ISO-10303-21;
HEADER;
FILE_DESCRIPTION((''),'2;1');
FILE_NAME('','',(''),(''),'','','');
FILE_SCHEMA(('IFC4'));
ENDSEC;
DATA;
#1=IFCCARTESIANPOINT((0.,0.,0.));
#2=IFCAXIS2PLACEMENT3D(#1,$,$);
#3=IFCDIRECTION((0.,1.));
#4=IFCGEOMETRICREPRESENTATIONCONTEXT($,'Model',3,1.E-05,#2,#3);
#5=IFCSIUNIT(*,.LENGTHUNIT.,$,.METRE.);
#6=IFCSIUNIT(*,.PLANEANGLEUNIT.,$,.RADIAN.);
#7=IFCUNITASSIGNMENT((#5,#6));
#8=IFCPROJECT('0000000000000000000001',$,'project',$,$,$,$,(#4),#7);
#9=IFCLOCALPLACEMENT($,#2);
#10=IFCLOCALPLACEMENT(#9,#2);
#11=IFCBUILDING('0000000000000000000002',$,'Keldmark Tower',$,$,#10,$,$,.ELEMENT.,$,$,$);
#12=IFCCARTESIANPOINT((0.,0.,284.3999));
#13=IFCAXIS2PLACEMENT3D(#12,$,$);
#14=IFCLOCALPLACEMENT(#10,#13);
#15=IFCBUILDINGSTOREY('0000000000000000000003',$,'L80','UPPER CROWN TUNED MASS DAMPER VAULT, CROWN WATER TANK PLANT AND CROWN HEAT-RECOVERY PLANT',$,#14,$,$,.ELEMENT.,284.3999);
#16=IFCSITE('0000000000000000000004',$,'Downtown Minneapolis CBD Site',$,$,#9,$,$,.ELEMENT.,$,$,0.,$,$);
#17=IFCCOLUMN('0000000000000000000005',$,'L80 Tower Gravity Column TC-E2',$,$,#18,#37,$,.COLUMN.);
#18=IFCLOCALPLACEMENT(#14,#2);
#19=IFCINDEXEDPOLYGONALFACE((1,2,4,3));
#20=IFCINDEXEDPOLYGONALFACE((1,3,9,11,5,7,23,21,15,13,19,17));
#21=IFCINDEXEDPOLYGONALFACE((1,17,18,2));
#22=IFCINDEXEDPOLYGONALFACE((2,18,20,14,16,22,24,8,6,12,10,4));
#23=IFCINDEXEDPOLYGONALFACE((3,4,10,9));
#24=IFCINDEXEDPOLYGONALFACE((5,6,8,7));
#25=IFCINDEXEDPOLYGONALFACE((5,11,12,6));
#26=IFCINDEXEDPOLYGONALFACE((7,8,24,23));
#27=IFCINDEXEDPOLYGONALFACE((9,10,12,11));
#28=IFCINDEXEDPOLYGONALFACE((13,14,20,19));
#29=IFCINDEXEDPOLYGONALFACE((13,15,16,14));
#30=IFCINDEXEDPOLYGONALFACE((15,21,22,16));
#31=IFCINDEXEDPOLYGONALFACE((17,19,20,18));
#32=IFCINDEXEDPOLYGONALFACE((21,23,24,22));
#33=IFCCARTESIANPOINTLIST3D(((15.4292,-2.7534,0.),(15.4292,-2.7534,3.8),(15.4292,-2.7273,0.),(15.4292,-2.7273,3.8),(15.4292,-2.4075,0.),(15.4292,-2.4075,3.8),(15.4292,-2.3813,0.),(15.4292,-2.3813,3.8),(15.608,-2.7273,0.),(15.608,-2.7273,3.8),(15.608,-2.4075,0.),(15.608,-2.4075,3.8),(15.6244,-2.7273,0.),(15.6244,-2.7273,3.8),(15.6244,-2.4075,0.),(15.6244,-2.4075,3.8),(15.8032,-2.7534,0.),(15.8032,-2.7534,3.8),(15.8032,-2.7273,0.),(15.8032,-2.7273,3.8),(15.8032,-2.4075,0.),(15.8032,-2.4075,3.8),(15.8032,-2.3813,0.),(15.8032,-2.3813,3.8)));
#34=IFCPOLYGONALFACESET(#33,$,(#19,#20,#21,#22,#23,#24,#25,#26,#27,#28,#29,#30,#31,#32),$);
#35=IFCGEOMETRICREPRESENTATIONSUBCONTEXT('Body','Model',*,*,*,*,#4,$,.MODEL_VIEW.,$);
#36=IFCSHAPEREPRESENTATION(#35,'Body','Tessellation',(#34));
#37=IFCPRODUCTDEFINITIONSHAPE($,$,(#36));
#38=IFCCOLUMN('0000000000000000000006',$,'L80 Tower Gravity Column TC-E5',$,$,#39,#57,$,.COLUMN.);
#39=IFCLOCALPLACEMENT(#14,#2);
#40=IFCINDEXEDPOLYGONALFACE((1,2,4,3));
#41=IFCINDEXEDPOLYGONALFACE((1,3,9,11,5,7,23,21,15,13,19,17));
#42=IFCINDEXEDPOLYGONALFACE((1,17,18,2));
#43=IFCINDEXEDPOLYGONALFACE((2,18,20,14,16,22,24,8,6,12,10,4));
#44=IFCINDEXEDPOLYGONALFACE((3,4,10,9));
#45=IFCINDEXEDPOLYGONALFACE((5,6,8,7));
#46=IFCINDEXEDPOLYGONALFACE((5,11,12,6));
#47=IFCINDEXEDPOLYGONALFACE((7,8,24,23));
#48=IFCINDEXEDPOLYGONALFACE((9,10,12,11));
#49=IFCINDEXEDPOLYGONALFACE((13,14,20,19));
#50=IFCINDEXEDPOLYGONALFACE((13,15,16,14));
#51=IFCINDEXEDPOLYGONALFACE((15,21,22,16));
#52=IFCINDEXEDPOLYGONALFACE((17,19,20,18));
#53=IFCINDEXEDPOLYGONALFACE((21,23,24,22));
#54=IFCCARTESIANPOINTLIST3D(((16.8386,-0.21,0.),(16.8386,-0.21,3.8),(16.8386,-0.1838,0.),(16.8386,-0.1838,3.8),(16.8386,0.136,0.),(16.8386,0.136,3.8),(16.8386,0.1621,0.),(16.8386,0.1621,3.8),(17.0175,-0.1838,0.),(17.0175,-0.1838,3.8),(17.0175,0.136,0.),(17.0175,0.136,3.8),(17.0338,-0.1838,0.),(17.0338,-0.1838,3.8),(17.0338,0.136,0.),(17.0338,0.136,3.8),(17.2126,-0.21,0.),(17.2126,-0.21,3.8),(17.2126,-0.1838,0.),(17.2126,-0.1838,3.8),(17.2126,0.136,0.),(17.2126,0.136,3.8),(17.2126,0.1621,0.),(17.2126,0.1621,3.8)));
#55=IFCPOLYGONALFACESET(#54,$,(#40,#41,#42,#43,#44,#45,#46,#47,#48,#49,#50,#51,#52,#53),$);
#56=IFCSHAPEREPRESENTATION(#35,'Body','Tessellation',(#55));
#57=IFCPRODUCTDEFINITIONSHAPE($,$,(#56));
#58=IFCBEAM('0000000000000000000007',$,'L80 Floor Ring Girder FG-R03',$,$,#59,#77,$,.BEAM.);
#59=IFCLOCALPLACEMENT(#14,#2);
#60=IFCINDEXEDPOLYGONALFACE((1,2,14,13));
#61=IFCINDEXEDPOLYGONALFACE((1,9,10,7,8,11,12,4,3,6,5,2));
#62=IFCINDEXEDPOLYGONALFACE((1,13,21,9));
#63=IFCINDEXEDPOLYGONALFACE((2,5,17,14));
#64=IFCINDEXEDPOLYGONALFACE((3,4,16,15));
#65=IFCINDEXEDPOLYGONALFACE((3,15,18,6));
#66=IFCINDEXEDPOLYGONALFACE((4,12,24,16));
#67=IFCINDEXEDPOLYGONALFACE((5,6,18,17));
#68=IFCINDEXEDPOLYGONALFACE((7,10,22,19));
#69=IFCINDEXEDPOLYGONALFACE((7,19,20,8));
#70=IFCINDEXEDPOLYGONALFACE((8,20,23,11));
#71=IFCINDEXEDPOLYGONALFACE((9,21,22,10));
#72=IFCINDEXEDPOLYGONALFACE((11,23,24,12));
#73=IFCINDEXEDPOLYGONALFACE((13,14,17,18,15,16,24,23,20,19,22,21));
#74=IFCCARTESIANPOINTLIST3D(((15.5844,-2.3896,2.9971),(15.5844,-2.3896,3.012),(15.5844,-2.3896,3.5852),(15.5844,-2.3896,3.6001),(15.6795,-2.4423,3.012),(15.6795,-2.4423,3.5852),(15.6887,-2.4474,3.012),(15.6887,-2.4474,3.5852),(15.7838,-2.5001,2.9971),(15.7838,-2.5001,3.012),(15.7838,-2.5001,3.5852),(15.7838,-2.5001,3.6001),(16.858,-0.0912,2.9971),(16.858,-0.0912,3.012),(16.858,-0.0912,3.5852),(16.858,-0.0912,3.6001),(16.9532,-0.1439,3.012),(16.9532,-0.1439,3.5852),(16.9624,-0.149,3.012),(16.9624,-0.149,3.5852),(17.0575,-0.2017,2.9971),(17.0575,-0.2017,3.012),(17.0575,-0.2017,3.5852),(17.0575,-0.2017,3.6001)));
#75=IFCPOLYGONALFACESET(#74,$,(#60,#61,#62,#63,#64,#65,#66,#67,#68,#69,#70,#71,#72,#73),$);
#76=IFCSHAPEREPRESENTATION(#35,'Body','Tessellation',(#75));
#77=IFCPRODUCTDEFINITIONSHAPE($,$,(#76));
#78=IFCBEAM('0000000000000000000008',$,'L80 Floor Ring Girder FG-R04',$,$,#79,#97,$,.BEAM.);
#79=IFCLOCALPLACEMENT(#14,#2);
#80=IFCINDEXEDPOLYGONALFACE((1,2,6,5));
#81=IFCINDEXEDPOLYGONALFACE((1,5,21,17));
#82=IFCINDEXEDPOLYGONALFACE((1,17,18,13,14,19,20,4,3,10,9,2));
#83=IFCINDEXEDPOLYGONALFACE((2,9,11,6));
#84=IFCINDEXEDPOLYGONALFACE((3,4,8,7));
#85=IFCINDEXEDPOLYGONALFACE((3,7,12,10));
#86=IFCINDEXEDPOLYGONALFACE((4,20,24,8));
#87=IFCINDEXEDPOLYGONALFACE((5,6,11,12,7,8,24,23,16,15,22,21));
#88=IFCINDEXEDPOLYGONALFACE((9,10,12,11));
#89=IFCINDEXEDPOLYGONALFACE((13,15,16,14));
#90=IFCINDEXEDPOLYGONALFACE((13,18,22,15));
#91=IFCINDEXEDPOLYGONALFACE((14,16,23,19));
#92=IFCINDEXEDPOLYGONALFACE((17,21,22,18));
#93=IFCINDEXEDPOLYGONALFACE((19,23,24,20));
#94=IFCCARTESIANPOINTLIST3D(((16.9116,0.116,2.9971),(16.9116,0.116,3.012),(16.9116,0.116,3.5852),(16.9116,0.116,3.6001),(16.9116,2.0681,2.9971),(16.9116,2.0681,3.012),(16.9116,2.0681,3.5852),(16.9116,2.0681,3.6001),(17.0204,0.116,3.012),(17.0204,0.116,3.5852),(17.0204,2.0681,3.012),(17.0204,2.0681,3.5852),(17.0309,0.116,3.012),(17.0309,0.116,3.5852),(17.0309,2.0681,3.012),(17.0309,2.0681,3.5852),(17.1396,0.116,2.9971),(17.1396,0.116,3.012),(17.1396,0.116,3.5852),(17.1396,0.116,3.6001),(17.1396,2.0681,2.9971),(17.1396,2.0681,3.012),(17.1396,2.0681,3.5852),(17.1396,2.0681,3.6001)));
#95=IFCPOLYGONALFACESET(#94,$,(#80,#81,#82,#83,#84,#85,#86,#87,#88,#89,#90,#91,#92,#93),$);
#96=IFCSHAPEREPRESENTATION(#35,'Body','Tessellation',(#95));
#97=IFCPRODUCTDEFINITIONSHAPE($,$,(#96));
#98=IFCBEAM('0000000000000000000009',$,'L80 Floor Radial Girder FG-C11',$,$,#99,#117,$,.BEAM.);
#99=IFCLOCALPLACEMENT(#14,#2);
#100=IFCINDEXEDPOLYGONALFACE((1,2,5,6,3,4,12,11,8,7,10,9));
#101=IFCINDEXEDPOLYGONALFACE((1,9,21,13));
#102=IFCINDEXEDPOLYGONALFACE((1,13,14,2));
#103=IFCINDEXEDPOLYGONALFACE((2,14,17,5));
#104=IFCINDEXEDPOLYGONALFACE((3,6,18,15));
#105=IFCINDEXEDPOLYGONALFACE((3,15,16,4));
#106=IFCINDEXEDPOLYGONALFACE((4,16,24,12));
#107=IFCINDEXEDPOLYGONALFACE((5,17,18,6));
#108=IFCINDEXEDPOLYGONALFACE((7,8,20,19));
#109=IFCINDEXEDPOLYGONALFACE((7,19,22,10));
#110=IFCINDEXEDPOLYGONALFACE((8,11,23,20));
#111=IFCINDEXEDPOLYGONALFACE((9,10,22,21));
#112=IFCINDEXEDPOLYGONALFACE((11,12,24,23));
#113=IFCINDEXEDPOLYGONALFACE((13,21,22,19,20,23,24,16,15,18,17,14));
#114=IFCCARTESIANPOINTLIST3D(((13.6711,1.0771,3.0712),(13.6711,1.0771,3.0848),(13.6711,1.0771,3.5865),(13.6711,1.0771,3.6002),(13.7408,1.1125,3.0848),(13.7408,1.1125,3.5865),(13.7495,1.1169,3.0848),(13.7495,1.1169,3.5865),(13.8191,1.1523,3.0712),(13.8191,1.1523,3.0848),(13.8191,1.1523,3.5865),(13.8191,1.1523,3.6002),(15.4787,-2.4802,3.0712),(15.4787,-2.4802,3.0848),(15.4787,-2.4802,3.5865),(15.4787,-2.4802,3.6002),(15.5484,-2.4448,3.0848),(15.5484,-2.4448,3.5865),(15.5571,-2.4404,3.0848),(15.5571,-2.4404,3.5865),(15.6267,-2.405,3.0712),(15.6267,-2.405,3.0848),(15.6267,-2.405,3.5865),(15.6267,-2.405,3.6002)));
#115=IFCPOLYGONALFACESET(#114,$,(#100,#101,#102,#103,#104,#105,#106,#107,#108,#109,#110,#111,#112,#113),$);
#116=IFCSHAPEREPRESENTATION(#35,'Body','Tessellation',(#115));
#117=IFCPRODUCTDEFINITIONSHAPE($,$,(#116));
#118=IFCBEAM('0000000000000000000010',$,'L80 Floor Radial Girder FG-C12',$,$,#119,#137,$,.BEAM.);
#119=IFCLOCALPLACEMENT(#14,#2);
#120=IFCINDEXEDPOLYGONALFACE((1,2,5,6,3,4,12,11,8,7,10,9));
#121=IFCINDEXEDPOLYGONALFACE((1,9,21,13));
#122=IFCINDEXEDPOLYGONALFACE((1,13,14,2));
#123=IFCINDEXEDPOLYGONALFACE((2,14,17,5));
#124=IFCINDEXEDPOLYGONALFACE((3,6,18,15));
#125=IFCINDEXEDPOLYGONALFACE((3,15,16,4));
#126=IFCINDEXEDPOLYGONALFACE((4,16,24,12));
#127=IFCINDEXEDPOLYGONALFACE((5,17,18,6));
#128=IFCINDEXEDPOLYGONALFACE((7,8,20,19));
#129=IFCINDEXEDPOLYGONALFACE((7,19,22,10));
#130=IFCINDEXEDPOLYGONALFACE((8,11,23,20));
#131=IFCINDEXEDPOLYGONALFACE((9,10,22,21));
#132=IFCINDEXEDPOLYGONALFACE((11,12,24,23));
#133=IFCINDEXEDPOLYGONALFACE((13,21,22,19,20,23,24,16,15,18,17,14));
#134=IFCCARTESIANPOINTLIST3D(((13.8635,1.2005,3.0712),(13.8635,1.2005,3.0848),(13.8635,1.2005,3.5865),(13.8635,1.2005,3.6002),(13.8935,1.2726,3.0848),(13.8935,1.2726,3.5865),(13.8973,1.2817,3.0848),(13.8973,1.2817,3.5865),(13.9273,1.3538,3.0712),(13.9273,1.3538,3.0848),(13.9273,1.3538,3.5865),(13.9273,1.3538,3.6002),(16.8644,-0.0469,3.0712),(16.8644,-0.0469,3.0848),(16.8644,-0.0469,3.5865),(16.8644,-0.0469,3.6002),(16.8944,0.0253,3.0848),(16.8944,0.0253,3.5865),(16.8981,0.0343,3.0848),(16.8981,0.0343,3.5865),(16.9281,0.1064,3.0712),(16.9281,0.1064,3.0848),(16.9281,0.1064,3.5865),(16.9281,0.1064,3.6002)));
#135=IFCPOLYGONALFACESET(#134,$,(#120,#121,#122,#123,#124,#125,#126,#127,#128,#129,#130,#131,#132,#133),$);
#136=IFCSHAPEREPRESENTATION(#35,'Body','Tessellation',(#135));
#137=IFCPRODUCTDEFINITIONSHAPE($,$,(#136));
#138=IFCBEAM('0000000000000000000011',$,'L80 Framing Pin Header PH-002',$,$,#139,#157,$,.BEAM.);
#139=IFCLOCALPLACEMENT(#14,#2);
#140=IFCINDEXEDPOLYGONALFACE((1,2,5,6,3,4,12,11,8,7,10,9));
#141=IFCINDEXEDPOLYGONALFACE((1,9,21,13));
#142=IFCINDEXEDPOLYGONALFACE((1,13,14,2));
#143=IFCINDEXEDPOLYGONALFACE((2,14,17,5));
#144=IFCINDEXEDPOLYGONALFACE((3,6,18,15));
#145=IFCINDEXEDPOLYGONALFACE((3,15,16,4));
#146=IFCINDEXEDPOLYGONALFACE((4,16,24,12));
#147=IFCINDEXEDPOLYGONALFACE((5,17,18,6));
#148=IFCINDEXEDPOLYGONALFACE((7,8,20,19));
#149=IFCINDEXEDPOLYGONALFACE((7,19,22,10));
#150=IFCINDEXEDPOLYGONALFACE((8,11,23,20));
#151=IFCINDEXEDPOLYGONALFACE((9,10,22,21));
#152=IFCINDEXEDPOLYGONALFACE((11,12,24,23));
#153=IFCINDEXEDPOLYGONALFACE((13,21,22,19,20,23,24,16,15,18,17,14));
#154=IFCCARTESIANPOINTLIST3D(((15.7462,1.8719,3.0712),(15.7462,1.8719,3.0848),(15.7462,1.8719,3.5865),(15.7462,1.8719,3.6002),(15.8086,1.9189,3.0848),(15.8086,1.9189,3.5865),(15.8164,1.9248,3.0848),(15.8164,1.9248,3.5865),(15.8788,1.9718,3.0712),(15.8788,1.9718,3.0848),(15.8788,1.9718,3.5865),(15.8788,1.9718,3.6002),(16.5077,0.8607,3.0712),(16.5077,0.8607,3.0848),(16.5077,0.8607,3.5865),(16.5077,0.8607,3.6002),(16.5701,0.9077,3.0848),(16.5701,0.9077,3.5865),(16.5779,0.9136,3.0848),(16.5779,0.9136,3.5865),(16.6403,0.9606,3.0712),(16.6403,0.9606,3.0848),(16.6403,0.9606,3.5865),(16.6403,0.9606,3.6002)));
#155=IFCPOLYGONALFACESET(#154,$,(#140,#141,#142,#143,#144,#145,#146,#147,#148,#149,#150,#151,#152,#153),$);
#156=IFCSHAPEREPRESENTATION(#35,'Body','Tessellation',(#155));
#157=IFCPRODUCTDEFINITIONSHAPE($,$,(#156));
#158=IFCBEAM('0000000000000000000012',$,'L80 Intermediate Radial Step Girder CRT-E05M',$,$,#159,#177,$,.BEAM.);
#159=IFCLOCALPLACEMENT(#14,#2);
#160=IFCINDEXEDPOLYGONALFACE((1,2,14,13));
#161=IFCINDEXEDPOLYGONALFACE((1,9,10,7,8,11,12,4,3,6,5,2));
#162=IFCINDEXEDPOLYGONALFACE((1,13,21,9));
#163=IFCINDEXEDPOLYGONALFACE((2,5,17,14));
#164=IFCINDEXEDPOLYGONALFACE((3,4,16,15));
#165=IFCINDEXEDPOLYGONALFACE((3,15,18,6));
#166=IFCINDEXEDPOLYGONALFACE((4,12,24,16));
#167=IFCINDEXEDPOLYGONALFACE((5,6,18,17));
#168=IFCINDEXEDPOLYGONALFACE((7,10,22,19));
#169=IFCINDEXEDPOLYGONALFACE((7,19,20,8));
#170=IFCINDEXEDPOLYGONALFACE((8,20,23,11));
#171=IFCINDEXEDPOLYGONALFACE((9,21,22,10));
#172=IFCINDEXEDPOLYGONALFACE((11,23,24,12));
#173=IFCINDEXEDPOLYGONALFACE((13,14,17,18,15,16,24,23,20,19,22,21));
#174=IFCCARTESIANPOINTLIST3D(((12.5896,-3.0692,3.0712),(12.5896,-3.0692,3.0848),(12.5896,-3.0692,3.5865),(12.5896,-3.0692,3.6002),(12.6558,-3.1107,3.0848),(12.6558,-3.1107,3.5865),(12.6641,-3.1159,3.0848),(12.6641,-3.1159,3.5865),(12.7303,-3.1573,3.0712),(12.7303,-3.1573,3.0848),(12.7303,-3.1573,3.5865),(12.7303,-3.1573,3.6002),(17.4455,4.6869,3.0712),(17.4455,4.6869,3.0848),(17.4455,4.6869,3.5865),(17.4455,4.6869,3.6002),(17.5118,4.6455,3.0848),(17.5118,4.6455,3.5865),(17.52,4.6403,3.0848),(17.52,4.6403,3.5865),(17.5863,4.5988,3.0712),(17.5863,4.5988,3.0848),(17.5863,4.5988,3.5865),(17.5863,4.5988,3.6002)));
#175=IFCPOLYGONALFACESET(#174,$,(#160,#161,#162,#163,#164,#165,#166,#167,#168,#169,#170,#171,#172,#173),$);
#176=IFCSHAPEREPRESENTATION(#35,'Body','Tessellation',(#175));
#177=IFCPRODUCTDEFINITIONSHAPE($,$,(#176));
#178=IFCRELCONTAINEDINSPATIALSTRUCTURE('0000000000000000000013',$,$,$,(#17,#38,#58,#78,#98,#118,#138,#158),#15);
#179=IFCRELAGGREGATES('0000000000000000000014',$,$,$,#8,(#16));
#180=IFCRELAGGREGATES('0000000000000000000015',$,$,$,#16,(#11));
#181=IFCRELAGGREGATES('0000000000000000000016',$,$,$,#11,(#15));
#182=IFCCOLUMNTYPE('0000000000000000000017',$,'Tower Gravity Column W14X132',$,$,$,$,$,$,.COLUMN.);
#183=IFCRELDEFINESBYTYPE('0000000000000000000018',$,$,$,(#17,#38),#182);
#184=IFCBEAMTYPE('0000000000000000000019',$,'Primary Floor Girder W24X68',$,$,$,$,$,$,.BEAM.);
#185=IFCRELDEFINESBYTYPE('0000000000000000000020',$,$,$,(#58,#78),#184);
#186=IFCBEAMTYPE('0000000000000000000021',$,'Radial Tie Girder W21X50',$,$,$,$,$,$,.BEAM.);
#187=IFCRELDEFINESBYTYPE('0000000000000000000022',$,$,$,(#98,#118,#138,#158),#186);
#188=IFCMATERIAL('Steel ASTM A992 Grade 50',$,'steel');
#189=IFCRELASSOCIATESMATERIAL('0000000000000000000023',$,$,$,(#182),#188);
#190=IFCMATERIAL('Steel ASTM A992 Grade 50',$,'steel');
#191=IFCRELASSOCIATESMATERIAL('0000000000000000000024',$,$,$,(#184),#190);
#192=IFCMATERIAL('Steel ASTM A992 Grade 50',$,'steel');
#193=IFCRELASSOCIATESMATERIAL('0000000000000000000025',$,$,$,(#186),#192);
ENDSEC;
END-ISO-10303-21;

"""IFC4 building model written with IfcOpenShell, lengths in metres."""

from ifc_helpers import new_model, si_unit, direction, frame, origin, origin_2d, place, context, subcontext, project, spatial, i_section, extrude, material, material_profile, profile_set, type_object, element, save


model = new_model("IFC4")

# Units and contexts
model_context = context("Model", 3, precision=1e-05, world=origin(), true_north=direction((0.0, 1.0)))
body_context = subcontext(model_context, "Body", "Model", "MODEL_VIEW")
ifc_project = project(units=[si_unit("LENGTHUNIT", "METRE"), si_unit("PLANEANGLEUNIT", "RADIAN")], contexts=[model_context])

# Site, building, storey
site_placement = place(None, origin())
site = spatial("IfcSite", under=ifc_project, at=site_placement, Name="Downtown Minneapolis CBD Site", CompositionType="ELEMENT", RefElevation=0.0)
building_placement = place(site_placement, origin())
building = spatial("IfcBuilding", under=site, at=building_placement, Name="Keldmark Tower", CompositionType="ELEMENT")
storey_placement = place(building_placement, frame((0.0, 0.0, 284.3999)))
storey = spatial("IfcBuildingStorey", under=building, at=storey_placement, Name="L80", Description="UPPER CROWN TUNED MASS DAMPER VAULT, CROWN WATER TANK PLANT AND CROWN HEAT-RECOVERY PLANT", CompositionType="ELEMENT", Elevation=284.3999)

# Columns
ifc_material_1 = material(Name="Steel ASTM A992 Grade 50", Category="steel")
ifc_material_profile_1 = material_profile(ifc_material_1, i_section(OverallWidth=0.374, OverallDepth=0.3721, WebThickness=0.0164, FlangeThickness=0.0261, at=origin_2d()), Name="W14X132")
ifc_profile_set_1 = profile_set([ifc_material_profile_1], Name="Steel ASTM A992 Grade 50")
column_type = type_object("IfcColumnType", Name="Tower Gravity Column W14X132", PredefinedType="COLUMN", material=ifc_profile_set_1)
for number, where, z_axis, x_axis, name in (
    (1, (15.6162, -2.5674, 0.0), (0.0, 0.0, 1.0), (1.0, 0.0, 0.0), "L80 Tower Gravity Column TC-E2"),
    (2, (17.0256, -0.0239, 0.0), (0.0, 0.0, 1.0), (1.0, 0.0, 0.0), "L80 Tower Gravity Column TC-E5"),
):
    element("IfcColumn", number, at=place(storey_placement, frame(where, z_axis=z_axis, x_axis=x_axis)), inside=storey, type_object=column_type, Name=name, PredefinedType="COLUMN", context=body_context, shape_type="SweptSolid", body=[
        extrude(i_section(OverallWidth=0.374, OverallDepth=0.3721, WebThickness=0.0164, FlangeThickness=0.0261, at=origin_2d()), origin(), (0.0, 0.0, 1.0), 3.8),
    ])

# Beams
ifc_material_2 = material(Name="Steel ASTM A992 Grade 50", Category="steel")
ifc_material_profile_2 = material_profile(ifc_material_2, i_section(OverallWidth=0.228, OverallDepth=0.603, WebThickness=0.0105, FlangeThickness=0.0149, at=origin_2d()), Name="W24X68")
ifc_profile_set_2 = profile_set([ifc_material_profile_2], Name="Steel ASTM A992 Grade 50")
beam_type_1 = type_object("IfcBeamType", Name="Primary Floor Girder W24X68", PredefinedType="BEAM", material=ifc_profile_set_2)
beam_1_placement = place(storey_placement, frame((15.6841, -2.4448, 3.2986), z_axis=(0.48472, 0.87467, 0.0), x_axis=(-0.87467, 0.48472, 0.0)))
element("IfcBeam", 3, at=beam_1_placement, inside=storey, type_object=beam_type_1, Name="L80 Floor Ring Girder FG-R03", PredefinedType="BEAM", context=body_context, shape_type="SweptSolid", body=[
    extrude(i_section(OverallWidth=0.228, OverallDepth=0.603, WebThickness=0.0105, FlangeThickness=0.0149, at=origin_2d()), origin(), (0.0, 0.0, 1.0), 2.6277),
])
beam_2_placement = place(storey_placement, frame((17.0256, 0.116, 3.2986), z_axis=(0.0, 1.0, 0.0), x_axis=(-1.0, 0.0, 0.0)))
element("IfcBeam", 4, at=beam_2_placement, inside=storey, type_object=beam_type_1, Name="L80 Floor Ring Girder FG-R04", PredefinedType="BEAM", context=body_context, shape_type="SweptSolid", body=[
    extrude(i_section(OverallWidth=0.228, OverallDepth=0.603, WebThickness=0.0105, FlangeThickness=0.0149, at=origin_2d()), origin(), (0.0, 0.0, 1.0), 1.9521),
])
ifc_material_3 = material(Name="Steel ASTM A992 Grade 50", Category="steel")
ifc_material_profile_3 = material_profile(ifc_material_3, i_section(OverallWidth=0.166, OverallDepth=0.5291, WebThickness=0.0098, FlangeThickness=0.0137, at=origin_2d()), Name="W21X50")
ifc_profile_set_3 = profile_set([ifc_material_profile_3], Name="Steel ASTM A992 Grade 50")
beam_type_2 = type_object("IfcBeamType", Name="Radial Tie Girder W21X50", PredefinedType="BEAM", material=ifc_profile_set_3)
beam_3_placement = place(storey_placement, frame((15.5527, -2.4426, 3.3357), z_axis=(-0.453004, 0.891508, 0.0), x_axis=(-0.891508, -0.453004, 0.0)))
element("IfcBeam", 5, at=beam_3_placement, inside=storey, type_object=beam_type_2, Name="L80 Floor Radial Girder FG-C11", PredefinedType="BEAM", context=body_context, shape_type="SweptSolid", body=[
    extrude(i_section(OverallWidth=0.166, OverallDepth=0.5291, WebThickness=0.0098, FlangeThickness=0.0137, at=origin_2d()), origin(), (0.0, 0.0, 1.0), 3.9902),
])
beam_4_placement = place(storey_placement, frame((16.8962, 0.0298, 3.3357), z_axis=(-0.923403, 0.383831, 0.0), x_axis=(-0.383831, -0.923403, 0.0)))
element("IfcBeam", 6, at=beam_4_placement, inside=storey, type_object=beam_type_2, Name="L80 Floor Radial Girder FG-C12", PredefinedType="BEAM", context=body_context, shape_type="SweptSolid", body=[
    extrude(i_section(OverallWidth=0.166, OverallDepth=0.5291, WebThickness=0.0098, FlangeThickness=0.0137, at=origin_2d()), origin(), (0.0, 0.0, 1.0), 3.2498),
])
beam_5_placement = place(storey_placement, frame((16.574, 0.9106, 3.3357), z_axis=(-0.601542, 0.798841, 0.0), x_axis=(-0.798841, -0.601542, 0.0)))
element("IfcBeam", 7, at=beam_5_placement, inside=storey, type_object=beam_type_2, Name="L80 Framing Pin Header PH-002", PredefinedType="BEAM", context=body_context, shape_type="SweptSolid", body=[
    extrude(i_section(OverallWidth=0.166, OverallDepth=0.5291, WebThickness=0.0098, FlangeThickness=0.0137, at=origin_2d()), origin(), (0.0, 0.0, 1.0), 1.2659),
])
beam_6_placement = place(storey_placement, frame((12.6599, -3.1133, 3.3357), z_axis=(0.530658, 0.847586, 0.0), x_axis=(-0.847586, 0.530658, 0.0)))
element("IfcBeam", 8, at=beam_6_placement, inside=storey, type_object=beam_type_2, Name="L80 Intermediate Radial Step Girder CRT-E05M", PredefinedType="BEAM", context=body_context, shape_type="SweptSolid", body=[
    extrude(i_section(OverallWidth=0.166, OverallDepth=0.5291, WebThickness=0.0098, FlangeThickness=0.0137, at=origin_2d()), origin(), (0.0, 0.0, 1.0), 9.1509),
])

save(model, "model.ifc")
